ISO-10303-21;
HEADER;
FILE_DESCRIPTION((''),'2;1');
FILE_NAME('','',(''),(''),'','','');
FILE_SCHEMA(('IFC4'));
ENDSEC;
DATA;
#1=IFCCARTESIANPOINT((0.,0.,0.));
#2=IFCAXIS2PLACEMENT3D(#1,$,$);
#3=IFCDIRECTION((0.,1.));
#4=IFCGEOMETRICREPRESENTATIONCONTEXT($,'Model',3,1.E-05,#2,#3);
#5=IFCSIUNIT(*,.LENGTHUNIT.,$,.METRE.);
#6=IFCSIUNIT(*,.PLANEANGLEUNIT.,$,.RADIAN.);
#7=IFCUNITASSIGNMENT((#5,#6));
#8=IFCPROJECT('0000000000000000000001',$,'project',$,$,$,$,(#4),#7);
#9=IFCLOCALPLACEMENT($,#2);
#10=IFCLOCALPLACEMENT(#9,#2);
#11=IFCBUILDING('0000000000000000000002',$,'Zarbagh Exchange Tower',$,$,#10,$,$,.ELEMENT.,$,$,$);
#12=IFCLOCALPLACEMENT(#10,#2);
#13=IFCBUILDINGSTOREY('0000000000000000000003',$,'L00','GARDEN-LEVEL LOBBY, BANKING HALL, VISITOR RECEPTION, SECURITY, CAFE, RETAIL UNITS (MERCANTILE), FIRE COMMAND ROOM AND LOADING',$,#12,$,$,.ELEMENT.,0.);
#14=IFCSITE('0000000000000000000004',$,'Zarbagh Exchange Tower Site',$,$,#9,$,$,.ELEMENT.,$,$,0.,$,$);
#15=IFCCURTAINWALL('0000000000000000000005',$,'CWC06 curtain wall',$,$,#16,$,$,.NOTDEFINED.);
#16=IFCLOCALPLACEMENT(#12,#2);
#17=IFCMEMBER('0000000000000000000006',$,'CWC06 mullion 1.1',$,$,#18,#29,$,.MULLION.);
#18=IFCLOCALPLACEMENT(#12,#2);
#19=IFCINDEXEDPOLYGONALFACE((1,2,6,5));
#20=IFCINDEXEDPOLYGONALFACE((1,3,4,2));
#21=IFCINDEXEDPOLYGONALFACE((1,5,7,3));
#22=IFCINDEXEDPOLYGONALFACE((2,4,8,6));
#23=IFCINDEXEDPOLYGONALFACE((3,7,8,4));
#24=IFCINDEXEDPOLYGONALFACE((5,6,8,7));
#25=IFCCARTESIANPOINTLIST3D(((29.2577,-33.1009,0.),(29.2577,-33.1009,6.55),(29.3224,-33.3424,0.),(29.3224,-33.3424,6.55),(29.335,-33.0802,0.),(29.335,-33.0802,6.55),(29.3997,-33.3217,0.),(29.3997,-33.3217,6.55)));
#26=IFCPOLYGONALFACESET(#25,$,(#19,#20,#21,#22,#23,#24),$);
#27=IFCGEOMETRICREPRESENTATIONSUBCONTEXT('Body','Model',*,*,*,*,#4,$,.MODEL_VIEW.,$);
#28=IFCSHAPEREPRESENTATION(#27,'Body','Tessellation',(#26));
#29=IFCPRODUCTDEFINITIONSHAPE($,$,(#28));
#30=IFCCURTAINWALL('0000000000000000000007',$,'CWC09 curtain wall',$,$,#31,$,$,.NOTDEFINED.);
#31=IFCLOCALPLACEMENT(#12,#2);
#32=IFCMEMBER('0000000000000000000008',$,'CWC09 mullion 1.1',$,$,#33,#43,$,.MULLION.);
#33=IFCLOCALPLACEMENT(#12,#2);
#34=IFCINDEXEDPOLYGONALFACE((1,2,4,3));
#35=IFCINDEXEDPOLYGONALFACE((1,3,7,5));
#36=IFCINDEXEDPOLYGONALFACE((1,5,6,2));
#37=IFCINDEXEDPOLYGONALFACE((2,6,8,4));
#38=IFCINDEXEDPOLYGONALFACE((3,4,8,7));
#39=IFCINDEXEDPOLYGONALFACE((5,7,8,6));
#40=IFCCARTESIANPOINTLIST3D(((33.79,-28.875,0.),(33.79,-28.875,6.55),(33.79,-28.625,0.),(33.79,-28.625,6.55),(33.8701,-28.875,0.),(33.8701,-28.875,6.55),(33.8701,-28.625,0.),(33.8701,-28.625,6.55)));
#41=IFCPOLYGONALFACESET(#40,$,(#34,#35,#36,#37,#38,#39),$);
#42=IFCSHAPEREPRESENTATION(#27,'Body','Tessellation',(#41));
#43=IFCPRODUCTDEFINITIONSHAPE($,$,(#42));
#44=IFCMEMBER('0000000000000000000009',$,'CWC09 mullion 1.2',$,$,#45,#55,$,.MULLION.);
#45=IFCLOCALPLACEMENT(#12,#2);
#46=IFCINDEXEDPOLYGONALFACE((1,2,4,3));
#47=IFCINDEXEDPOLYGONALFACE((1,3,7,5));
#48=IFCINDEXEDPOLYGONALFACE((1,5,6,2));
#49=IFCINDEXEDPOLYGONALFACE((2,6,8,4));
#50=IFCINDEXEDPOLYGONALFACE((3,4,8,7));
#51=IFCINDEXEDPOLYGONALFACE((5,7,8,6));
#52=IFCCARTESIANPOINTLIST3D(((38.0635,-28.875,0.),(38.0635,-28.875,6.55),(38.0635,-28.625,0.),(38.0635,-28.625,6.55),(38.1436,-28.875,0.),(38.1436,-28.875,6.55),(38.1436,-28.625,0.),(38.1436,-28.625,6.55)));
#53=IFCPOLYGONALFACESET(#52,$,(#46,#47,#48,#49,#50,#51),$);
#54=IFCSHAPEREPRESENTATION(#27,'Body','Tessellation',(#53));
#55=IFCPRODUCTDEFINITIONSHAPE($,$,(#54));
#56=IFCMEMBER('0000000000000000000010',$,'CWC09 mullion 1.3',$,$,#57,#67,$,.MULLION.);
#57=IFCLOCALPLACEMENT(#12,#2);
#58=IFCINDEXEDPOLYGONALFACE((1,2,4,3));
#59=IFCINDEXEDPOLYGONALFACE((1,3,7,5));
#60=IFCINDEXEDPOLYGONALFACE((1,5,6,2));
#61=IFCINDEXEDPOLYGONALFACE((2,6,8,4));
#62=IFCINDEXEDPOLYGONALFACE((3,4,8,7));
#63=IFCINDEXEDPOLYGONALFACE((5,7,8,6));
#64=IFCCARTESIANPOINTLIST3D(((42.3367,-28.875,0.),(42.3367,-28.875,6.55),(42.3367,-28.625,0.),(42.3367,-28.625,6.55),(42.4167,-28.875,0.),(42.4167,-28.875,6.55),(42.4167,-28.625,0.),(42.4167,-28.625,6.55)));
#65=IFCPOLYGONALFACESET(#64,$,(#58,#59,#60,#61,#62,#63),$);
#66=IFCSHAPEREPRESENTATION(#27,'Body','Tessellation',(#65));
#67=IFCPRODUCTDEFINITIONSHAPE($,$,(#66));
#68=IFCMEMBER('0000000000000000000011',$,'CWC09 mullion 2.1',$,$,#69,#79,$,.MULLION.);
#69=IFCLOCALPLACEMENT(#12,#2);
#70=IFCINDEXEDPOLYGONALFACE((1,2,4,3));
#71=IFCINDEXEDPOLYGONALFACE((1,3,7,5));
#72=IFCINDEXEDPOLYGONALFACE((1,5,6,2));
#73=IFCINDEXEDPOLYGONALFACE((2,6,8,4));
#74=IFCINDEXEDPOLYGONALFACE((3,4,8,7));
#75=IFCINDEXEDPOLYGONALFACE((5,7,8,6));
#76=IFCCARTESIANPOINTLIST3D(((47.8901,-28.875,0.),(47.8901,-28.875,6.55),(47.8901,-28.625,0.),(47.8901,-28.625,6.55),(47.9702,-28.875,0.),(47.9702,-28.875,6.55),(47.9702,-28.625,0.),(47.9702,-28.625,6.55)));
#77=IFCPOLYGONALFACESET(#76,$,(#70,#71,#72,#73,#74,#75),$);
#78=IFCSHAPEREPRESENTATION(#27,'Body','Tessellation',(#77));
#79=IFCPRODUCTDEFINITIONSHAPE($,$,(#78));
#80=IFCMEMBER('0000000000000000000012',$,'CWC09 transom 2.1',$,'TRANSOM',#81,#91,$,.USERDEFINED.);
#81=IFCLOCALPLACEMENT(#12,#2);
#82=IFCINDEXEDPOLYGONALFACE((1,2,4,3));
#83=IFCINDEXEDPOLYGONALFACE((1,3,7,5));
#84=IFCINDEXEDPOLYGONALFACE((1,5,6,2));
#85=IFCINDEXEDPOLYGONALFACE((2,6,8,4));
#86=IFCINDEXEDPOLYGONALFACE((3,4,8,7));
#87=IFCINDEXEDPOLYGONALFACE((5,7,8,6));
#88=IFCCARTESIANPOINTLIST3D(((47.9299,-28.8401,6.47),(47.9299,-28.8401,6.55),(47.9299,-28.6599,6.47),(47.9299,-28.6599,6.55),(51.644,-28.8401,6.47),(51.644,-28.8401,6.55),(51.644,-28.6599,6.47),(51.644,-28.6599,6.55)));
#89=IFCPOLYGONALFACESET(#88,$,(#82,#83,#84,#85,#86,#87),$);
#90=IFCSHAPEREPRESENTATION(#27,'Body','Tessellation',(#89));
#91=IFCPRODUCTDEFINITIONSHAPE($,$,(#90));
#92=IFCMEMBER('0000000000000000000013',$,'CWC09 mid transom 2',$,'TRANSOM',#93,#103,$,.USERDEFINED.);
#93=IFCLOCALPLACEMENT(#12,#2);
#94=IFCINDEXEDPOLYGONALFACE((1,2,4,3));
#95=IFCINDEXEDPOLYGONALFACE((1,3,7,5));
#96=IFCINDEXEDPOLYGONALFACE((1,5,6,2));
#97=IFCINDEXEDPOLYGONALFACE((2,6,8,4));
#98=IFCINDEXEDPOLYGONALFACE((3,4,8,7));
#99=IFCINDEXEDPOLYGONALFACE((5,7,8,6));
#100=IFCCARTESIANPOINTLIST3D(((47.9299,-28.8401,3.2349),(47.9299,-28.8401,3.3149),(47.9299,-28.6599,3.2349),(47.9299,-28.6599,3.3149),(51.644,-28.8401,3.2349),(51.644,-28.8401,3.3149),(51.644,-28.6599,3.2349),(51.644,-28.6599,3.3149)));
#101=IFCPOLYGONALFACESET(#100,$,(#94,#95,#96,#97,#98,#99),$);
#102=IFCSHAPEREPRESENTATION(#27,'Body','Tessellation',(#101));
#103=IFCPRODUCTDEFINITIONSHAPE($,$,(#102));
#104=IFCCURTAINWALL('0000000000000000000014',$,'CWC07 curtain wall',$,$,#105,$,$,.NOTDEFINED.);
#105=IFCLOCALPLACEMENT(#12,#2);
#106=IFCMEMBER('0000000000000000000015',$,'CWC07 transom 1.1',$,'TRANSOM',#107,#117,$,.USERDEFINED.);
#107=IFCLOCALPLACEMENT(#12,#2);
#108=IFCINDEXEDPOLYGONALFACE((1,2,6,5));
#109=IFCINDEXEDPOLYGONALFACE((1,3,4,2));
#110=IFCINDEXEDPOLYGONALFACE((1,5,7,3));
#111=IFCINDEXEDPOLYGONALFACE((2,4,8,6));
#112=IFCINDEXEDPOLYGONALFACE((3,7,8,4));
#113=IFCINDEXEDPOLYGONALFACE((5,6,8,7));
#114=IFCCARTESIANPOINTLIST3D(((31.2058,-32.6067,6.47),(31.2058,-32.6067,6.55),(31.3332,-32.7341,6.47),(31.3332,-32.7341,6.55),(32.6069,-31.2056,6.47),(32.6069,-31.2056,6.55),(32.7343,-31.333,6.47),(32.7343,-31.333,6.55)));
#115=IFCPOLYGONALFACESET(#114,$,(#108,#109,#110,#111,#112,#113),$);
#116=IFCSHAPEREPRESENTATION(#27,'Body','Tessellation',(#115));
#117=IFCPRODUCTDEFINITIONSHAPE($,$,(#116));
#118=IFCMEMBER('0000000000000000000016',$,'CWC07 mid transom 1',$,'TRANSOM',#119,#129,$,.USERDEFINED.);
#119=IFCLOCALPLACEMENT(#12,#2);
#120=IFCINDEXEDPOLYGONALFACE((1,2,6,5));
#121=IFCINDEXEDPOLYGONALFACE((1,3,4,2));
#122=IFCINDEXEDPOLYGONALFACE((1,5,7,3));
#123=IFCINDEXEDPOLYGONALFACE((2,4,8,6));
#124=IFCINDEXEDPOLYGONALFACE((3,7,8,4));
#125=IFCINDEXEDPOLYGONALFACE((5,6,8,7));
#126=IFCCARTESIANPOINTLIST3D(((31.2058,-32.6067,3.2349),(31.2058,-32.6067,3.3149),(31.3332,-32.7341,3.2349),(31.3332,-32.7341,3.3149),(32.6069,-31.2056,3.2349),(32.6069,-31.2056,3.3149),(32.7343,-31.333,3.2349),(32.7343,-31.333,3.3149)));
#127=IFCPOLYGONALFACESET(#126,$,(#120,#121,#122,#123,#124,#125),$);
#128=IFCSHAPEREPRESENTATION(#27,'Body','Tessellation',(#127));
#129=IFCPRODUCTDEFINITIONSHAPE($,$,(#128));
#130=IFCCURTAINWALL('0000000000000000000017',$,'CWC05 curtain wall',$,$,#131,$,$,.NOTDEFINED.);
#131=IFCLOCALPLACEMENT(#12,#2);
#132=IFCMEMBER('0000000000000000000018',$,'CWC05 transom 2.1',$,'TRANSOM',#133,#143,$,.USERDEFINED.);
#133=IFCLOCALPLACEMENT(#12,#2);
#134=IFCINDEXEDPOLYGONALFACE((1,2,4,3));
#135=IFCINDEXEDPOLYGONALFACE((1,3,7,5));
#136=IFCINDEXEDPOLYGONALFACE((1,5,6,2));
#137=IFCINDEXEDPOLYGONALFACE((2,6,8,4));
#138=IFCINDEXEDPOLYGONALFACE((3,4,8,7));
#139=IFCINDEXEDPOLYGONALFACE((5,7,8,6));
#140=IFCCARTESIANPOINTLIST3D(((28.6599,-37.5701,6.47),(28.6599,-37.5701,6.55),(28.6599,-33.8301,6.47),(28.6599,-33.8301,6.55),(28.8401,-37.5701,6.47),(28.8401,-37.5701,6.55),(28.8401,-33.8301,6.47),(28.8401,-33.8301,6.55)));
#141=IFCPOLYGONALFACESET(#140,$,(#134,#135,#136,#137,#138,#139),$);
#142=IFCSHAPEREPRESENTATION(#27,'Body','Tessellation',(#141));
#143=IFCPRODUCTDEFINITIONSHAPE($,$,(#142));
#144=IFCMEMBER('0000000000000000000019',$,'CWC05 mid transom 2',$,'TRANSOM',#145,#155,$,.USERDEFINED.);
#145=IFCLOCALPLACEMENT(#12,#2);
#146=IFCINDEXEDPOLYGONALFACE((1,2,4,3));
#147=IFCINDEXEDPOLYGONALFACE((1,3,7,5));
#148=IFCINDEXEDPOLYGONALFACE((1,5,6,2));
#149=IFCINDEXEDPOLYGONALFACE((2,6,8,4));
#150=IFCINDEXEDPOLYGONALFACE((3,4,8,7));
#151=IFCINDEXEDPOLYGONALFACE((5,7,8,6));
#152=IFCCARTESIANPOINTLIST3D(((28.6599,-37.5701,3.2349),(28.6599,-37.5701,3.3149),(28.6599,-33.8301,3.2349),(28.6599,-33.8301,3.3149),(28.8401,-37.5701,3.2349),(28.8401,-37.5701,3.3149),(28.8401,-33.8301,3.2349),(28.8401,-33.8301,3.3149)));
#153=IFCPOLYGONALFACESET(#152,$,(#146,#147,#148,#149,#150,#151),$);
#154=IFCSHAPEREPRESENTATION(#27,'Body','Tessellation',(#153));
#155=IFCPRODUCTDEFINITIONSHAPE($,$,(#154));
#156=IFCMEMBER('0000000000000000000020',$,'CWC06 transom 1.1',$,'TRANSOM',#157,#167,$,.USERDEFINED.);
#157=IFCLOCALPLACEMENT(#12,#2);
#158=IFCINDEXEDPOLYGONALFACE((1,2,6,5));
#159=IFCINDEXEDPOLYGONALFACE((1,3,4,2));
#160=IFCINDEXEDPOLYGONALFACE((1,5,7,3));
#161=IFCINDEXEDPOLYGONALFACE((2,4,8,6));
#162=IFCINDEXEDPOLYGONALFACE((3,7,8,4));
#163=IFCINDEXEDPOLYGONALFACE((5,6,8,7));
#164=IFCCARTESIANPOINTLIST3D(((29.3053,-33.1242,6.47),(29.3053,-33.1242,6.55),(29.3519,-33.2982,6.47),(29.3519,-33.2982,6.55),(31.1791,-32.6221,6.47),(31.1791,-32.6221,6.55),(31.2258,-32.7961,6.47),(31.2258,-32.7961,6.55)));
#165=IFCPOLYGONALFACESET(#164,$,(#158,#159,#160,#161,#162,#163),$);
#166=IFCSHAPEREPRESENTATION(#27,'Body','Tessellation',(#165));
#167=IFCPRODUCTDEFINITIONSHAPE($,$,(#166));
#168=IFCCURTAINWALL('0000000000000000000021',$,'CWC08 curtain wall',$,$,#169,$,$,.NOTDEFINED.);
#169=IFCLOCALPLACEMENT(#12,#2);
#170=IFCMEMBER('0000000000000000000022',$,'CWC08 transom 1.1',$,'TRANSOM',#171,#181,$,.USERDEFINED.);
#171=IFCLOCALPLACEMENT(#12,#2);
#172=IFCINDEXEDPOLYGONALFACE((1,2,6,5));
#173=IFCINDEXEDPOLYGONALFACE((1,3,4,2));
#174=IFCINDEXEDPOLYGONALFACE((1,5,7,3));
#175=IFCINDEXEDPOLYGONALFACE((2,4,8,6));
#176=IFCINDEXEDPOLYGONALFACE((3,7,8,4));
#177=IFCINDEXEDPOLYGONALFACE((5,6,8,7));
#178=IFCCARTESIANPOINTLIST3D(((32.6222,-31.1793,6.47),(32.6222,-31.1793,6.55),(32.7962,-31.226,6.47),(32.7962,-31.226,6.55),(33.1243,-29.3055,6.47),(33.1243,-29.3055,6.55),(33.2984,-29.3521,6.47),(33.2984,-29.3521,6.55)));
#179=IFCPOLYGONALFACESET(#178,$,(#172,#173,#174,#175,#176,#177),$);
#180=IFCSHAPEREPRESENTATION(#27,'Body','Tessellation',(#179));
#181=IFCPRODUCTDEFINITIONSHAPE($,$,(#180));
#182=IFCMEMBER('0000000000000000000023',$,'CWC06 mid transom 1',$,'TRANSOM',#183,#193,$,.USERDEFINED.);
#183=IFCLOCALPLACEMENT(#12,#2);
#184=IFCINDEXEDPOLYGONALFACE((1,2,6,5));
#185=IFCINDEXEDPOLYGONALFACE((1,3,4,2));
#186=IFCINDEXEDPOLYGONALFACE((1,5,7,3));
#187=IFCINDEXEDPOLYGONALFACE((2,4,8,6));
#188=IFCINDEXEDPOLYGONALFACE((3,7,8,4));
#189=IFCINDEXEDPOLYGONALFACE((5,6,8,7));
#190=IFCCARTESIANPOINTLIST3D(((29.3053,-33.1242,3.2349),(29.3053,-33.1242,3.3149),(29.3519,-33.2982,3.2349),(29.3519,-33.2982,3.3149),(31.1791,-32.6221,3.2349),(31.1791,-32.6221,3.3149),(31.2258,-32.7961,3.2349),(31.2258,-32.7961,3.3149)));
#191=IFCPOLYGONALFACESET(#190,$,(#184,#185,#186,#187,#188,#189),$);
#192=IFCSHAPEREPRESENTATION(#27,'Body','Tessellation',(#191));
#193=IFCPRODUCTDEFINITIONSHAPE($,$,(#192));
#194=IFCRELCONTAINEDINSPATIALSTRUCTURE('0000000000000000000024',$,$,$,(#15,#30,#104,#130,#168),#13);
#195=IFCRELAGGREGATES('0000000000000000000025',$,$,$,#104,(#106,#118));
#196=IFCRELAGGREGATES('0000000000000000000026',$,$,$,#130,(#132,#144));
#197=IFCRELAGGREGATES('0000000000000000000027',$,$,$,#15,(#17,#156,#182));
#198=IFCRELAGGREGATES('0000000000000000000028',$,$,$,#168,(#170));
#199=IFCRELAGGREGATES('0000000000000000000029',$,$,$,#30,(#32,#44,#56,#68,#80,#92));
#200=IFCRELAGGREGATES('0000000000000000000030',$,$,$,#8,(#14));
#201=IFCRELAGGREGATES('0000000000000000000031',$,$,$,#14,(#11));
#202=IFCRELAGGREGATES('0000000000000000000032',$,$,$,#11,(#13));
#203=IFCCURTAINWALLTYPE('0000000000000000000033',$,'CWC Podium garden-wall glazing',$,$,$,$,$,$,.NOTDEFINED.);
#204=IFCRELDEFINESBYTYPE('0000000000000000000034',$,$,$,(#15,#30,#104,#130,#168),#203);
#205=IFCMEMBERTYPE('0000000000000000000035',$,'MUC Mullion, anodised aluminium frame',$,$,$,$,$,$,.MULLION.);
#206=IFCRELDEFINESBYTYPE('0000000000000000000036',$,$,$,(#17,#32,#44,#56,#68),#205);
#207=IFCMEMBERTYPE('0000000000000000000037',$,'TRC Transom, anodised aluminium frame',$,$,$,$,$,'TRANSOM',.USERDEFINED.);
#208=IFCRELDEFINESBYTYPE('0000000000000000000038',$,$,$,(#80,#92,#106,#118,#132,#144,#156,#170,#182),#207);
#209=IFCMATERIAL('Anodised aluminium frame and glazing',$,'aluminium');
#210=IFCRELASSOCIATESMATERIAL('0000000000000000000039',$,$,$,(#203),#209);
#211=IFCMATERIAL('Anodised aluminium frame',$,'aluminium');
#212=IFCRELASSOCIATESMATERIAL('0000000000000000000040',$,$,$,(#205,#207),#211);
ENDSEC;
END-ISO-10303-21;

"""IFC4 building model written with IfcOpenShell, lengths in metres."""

from ifc_helpers import new_model, si_unit, direction, origin, place, context, subcontext, project, spatial, polyline, outline, extrude, source, transform, mapped, material, type_object, element, aggregate, save


model = new_model("IFC4")

# Units and contexts
model_context = context("Model", 3, precision=1e-05, world=origin(), true_north=direction((0.0, 1.0)))
body_context = subcontext(model_context, "Body", "Model", "MODEL_VIEW")
ifc_project = project(units=[si_unit("LENGTHUNIT", "METRE"), si_unit("PLANEANGLEUNIT", "RADIAN")], contexts=[model_context])

# Site, building, storey
site_placement = place(None, origin())
site = spatial("IfcSite", under=ifc_project, at=site_placement, Name="Zarbagh Exchange Tower Site", CompositionType="ELEMENT", RefElevation=0.0)
building_placement = place(site_placement, origin())
building = spatial("IfcBuilding", under=site, at=building_placement, Name="Zarbagh Exchange Tower", CompositionType="ELEMENT")
storey_placement = place(building_placement, origin())
storey = spatial("IfcBuildingStorey", under=building, at=storey_placement, Name="L00", Description="GARDEN-LEVEL LOBBY, BANKING HALL, VISITOR RECEPTION, SECURITY, CAFE, RETAIL UNITS (MERCANTILE), FIRE COMMAND ROOM AND LOADING", CompositionType="ELEMENT", Elevation=0.0)

# Curtain wall, member
ifc_material_1 = material(Name="Anodised aluminium frame and glazing", Category="aluminium")
curtain_wall_type = type_object("IfcCurtainWallType", Name="CWC Podium garden-wall glazing", PredefinedType="NOTDEFINED", material=ifc_material_1)
curtain_wall_1_placement = place(storey_placement, origin())
curtain_wall_1 = element("IfcCurtainWall", 1, at=curtain_wall_1_placement, inside=storey, type_object=curtain_wall_type, Name="CWC06 curtain wall", PredefinedType="NOTDEFINED")
ifc_material_2 = material(Name="Anodised aluminium frame", Category="aluminium")
member_type_1 = type_object("IfcMemberType", Name="MUC Mullion, anodised aluminium frame", PredefinedType="MULLION", material=ifc_material_2)
shared_shape_1 = source(origin(), body_context, "Body", "SweptSolid", [
    extrude(outline(polyline([(0.0, -0.125), (0.0801, -0.125), (0.0801, 0.125), (0.0, 0.125), (0.0, -0.125)])), origin(), (0.0, 0.0, 1.0), 6.55),
])
placement = place(storey_placement, origin())
member_1 = element("IfcMember", 2, at=placement, type_object=member_type_1, Name="CWC06 mullion 1.1", PredefinedType="MULLION", context=body_context, shape_type="MappedRepresentation", body=[
    mapped(shared_shape_1, transform((29.29, -33.2217, 0.0), x_axis=(0.965924, 0.258825, 0.0), y_axis=(-0.258825, 0.965924, 0.0), z_axis=(0.0, 0.0, 1.0))),
])

# Curtain walls, members
curtain_wall_2_placement = place(storey_placement, origin())
curtain_wall_2 = element("IfcCurtainWall", 3, at=curtain_wall_2_placement, inside=storey, type_object=curtain_wall_type, Name="CWC09 curtain wall", PredefinedType="NOTDEFINED")
member_2 = element("IfcMember", 4, at=placement, type_object=member_type_1, Name="CWC09 mullion 1.1", PredefinedType="MULLION", context=body_context, shape_type="MappedRepresentation", body=[
    mapped(shared_shape_1, transform((33.79, -28.75, 0.0), x_axis=(1.0, 0.0, 0.0), y_axis=(0.0, 1.0, 0.0), z_axis=(0.0, 0.0, 1.0))),
])
member_3 = element("IfcMember", 5, at=placement, type_object=member_type_1, Name="CWC09 mullion 1.2", PredefinedType="MULLION", context=body_context, shape_type="MappedRepresentation", body=[
    mapped(shared_shape_1, transform((38.0635, -28.75, 0.0), x_axis=(1.0, 0.0, 0.0), y_axis=(0.0, 1.0, 0.0), z_axis=(0.0, 0.0, 1.0))),
])
member_4 = element("IfcMember", 6, at=placement, type_object=member_type_1, Name="CWC09 mullion 1.3", PredefinedType="MULLION", context=body_context, shape_type="MappedRepresentation", body=[
    mapped(shared_shape_1, transform((42.3367, -28.75, 0.0), x_axis=(1.0, 0.0, 0.0), y_axis=(0.0, 1.0, 0.0), z_axis=(0.0, 0.0, 1.0))),
])
member_5 = element("IfcMember", 7, at=placement, type_object=member_type_1, Name="CWC09 mullion 2.1", PredefinedType="MULLION", context=body_context, shape_type="MappedRepresentation", body=[
    mapped(shared_shape_1, transform((47.8901, -28.75, 0.0), x_axis=(1.0, 0.0, 0.0), y_axis=(0.0, 1.0, 0.0), z_axis=(0.0, 0.0, 1.0))),
])
member_type_2 = type_object("IfcMemberType", Name="TRC Transom, anodised aluminium frame", ElementType="TRANSOM", PredefinedType="USERDEFINED", material=ifc_material_2)
shared_shape_2 = source(origin(), body_context, "Body", "SweptSolid", [
    extrude(outline(polyline([(-0.0801, -0.0901), (0.0, -0.0901), (0.0, 0.0901), (-0.0801, 0.0901), (-0.0801, -0.0901)])), origin(), (0.0, 0.0, 1.0), 3.7141),
])
member_6 = element("IfcMember", 8, at=placement, type_object=member_type_2, Name="CWC09 transom 2.1", ObjectType="TRANSOM", PredefinedType="USERDEFINED", context=body_context, shape_type="MappedRepresentation", body=[
    mapped(shared_shape_2, transform((47.9299, -28.75, 6.55), x_axis=(0.0, 0.0, 1.0), y_axis=(0.0, -1.0, 0.0), z_axis=(1.0, 0.0, 0.0))),
])
shared_shape_3 = source(origin(), body_context, "Body", "SweptSolid", [
    extrude(outline(polyline([(-0.04, -0.0901), (0.04, -0.0901), (0.04, 0.0901), (-0.04, 0.0901), (-0.04, -0.0901)])), origin(), (0.0, 0.0, 1.0), 3.7141),
])
member_7 = element("IfcMember", 9, at=placement, type_object=member_type_2, Name="CWC09 mid transom 2", ObjectType="TRANSOM", PredefinedType="USERDEFINED", context=body_context, shape_type="MappedRepresentation", body=[
    mapped(shared_shape_3, transform((47.9299, -28.75, 3.2749), x_axis=(0.0, 0.0, 1.0), y_axis=(0.0, -1.0, 0.0), z_axis=(1.0, 0.0, 0.0))),
])
curtain_wall_3_placement = place(storey_placement, origin())
curtain_wall_3 = element("IfcCurtainWall", 10, at=curtain_wall_3_placement, inside=storey, type_object=curtain_wall_type, Name="CWC07 curtain wall", PredefinedType="NOTDEFINED")
shared_shape_4 = source(origin(), body_context, "Body", "SweptSolid", [
    extrude(outline(polyline([(-0.0801, -0.0901), (0.0, -0.0901), (0.0, 0.0901), (-0.0801, 0.0901), (-0.0801, -0.0901)])), origin(), (0.0, 0.0, 1.0), 1.9814),
])
member_8 = element("IfcMember", 11, at=placement, type_object=member_type_2, Name="CWC07 transom 1.1", ObjectType="TRANSOM", PredefinedType="USERDEFINED", context=body_context, shape_type="MappedRepresentation", body=[
    mapped(shared_shape_4, transform((31.2695, -32.6704, 6.55), x_axis=(0.0, 0.0, 1.0), y_axis=(0.707107, -0.707107, 0.0), z_axis=(0.707107, 0.707107, 0.0))),
])
shared_shape_5 = source(origin(), body_context, "Body", "SweptSolid", [
    extrude(outline(polyline([(-0.04, -0.0901), (0.04, -0.0901), (0.04, 0.0901), (-0.04, 0.0901), (-0.04, -0.0901)])), origin(), (0.0, 0.0, 1.0), 1.9814),
])
member_9 = element("IfcMember", 12, at=placement, type_object=member_type_2, Name="CWC07 mid transom 1", ObjectType="TRANSOM", PredefinedType="USERDEFINED", context=body_context, shape_type="MappedRepresentation", body=[
    mapped(shared_shape_5, transform((31.2695, -32.6704, 3.2749), x_axis=(0.0, 0.0, 1.0), y_axis=(0.707107, -0.707107, 0.0), z_axis=(0.707107, 0.707107, 0.0))),
])
curtain_wall_4_placement = place(storey_placement, origin())
curtain_wall_4 = element("IfcCurtainWall", 13, at=curtain_wall_4_placement, inside=storey, type_object=curtain_wall_type, Name="CWC05 curtain wall", PredefinedType="NOTDEFINED")
shared_shape_6 = source(origin(), body_context, "Body", "SweptSolid", [
    extrude(outline(polyline([(-0.0801, -0.0901), (0.0, -0.0901), (0.0, 0.0901), (-0.0801, 0.0901), (-0.0801, -0.0901)])), origin(), (0.0, 0.0, 1.0), 3.74),
])
member_10 = element("IfcMember", 14, at=placement, type_object=member_type_2, Name="CWC05 transom 2.1", ObjectType="TRANSOM", PredefinedType="USERDEFINED", context=body_context, shape_type="MappedRepresentation", body=[
    mapped(shared_shape_6, transform((28.75, -37.5701, 6.55), x_axis=(0.0, 0.0, 1.0), y_axis=(1.0, 0.0, 0.0), z_axis=(0.0, 1.0, 0.0))),
])
shared_shape_7 = source(origin(), body_context, "Body", "SweptSolid", [
    extrude(outline(polyline([(-0.04, -0.0901), (0.04, -0.0901), (0.04, 0.0901), (-0.04, 0.0901), (-0.04, -0.0901)])), origin(), (0.0, 0.0, 1.0), 3.74),
])
member_11 = element("IfcMember", 15, at=placement, type_object=member_type_2, Name="CWC05 mid transom 2", ObjectType="TRANSOM", PredefinedType="USERDEFINED", context=body_context, shape_type="MappedRepresentation", body=[
    mapped(shared_shape_7, transform((28.75, -37.5701, 3.2749), x_axis=(0.0, 0.0, 1.0), y_axis=(1.0, 0.0, 0.0), z_axis=(0.0, 1.0, 0.0))),
])

# Member
shared_shape_8 = source(origin(), body_context, "Body", "SweptSolid", [
    extrude(outline(polyline([(-0.0801, -0.0901), (0.0, -0.0901), (0.0, 0.0901), (-0.0801, 0.0901), (-0.0801, -0.0901)])), origin(), (0.0, 0.0, 1.0), 1.9399),
])
member_12 = element("IfcMember", 16, at=placement, type_object=member_type_2, Name="CWC06 transom 1.1", ObjectType="TRANSOM", PredefinedType="USERDEFINED", context=body_context, shape_type="MappedRepresentation", body=[
    mapped(shared_shape_8, transform((29.3286, -33.2112, 6.55), x_axis=(0.0, 0.0, 1.0), y_axis=(0.258825, -0.965924, 0.0), z_axis=(0.965924, 0.258825, 0.0))),
])

# Curtain wall, member
curtain_wall_5_placement = place(storey_placement, origin())
curtain_wall_5 = element("IfcCurtainWall", 17, at=curtain_wall_5_placement, inside=storey, type_object=curtain_wall_type, Name="CWC08 curtain wall", PredefinedType="NOTDEFINED")
member_13 = element("IfcMember", 18, at=placement, type_object=member_type_2, Name="CWC08 transom 1.1", ObjectType="TRANSOM", PredefinedType="USERDEFINED", context=body_context, shape_type="MappedRepresentation", body=[
    mapped(shared_shape_8, transform((32.7092, -31.2026, 6.55), x_axis=(0.0, 0.0, 1.0), y_axis=(0.965924, -0.258825, 0.0), z_axis=(0.258825, 0.965924, 0.0))),
])

# Member
shared_shape_9 = source(origin(), body_context, "Body", "SweptSolid", [
    extrude(outline(polyline([(-0.04, -0.0901), (0.04, -0.0901), (0.04, 0.0901), (-0.04, 0.0901), (-0.04, -0.0901)])), origin(), (0.0, 0.0, 1.0), 1.9399),
])
member_14 = element("IfcMember", 19, at=placement, type_object=member_type_2, Name="CWC06 mid transom 1", ObjectType="TRANSOM", PredefinedType="USERDEFINED", context=body_context, shape_type="MappedRepresentation", body=[
    mapped(shared_shape_9, transform((29.3286, -33.2112, 3.2749), x_axis=(0.0, 0.0, 1.0), y_axis=(0.258825, -0.965924, 0.0), z_axis=(0.965924, 0.258825, 0.0))),
])

aggregate(curtain_wall_3, [member_8, member_9])
aggregate(curtain_wall_4, [member_10, member_11])
aggregate(curtain_wall_1, [member_1, member_12, member_14])
aggregate(curtain_wall_5, [member_13])
aggregate(curtain_wall_2, [member_2, member_3, member_4, member_5, member_6, member_7])

save(model, "model.ifc")
